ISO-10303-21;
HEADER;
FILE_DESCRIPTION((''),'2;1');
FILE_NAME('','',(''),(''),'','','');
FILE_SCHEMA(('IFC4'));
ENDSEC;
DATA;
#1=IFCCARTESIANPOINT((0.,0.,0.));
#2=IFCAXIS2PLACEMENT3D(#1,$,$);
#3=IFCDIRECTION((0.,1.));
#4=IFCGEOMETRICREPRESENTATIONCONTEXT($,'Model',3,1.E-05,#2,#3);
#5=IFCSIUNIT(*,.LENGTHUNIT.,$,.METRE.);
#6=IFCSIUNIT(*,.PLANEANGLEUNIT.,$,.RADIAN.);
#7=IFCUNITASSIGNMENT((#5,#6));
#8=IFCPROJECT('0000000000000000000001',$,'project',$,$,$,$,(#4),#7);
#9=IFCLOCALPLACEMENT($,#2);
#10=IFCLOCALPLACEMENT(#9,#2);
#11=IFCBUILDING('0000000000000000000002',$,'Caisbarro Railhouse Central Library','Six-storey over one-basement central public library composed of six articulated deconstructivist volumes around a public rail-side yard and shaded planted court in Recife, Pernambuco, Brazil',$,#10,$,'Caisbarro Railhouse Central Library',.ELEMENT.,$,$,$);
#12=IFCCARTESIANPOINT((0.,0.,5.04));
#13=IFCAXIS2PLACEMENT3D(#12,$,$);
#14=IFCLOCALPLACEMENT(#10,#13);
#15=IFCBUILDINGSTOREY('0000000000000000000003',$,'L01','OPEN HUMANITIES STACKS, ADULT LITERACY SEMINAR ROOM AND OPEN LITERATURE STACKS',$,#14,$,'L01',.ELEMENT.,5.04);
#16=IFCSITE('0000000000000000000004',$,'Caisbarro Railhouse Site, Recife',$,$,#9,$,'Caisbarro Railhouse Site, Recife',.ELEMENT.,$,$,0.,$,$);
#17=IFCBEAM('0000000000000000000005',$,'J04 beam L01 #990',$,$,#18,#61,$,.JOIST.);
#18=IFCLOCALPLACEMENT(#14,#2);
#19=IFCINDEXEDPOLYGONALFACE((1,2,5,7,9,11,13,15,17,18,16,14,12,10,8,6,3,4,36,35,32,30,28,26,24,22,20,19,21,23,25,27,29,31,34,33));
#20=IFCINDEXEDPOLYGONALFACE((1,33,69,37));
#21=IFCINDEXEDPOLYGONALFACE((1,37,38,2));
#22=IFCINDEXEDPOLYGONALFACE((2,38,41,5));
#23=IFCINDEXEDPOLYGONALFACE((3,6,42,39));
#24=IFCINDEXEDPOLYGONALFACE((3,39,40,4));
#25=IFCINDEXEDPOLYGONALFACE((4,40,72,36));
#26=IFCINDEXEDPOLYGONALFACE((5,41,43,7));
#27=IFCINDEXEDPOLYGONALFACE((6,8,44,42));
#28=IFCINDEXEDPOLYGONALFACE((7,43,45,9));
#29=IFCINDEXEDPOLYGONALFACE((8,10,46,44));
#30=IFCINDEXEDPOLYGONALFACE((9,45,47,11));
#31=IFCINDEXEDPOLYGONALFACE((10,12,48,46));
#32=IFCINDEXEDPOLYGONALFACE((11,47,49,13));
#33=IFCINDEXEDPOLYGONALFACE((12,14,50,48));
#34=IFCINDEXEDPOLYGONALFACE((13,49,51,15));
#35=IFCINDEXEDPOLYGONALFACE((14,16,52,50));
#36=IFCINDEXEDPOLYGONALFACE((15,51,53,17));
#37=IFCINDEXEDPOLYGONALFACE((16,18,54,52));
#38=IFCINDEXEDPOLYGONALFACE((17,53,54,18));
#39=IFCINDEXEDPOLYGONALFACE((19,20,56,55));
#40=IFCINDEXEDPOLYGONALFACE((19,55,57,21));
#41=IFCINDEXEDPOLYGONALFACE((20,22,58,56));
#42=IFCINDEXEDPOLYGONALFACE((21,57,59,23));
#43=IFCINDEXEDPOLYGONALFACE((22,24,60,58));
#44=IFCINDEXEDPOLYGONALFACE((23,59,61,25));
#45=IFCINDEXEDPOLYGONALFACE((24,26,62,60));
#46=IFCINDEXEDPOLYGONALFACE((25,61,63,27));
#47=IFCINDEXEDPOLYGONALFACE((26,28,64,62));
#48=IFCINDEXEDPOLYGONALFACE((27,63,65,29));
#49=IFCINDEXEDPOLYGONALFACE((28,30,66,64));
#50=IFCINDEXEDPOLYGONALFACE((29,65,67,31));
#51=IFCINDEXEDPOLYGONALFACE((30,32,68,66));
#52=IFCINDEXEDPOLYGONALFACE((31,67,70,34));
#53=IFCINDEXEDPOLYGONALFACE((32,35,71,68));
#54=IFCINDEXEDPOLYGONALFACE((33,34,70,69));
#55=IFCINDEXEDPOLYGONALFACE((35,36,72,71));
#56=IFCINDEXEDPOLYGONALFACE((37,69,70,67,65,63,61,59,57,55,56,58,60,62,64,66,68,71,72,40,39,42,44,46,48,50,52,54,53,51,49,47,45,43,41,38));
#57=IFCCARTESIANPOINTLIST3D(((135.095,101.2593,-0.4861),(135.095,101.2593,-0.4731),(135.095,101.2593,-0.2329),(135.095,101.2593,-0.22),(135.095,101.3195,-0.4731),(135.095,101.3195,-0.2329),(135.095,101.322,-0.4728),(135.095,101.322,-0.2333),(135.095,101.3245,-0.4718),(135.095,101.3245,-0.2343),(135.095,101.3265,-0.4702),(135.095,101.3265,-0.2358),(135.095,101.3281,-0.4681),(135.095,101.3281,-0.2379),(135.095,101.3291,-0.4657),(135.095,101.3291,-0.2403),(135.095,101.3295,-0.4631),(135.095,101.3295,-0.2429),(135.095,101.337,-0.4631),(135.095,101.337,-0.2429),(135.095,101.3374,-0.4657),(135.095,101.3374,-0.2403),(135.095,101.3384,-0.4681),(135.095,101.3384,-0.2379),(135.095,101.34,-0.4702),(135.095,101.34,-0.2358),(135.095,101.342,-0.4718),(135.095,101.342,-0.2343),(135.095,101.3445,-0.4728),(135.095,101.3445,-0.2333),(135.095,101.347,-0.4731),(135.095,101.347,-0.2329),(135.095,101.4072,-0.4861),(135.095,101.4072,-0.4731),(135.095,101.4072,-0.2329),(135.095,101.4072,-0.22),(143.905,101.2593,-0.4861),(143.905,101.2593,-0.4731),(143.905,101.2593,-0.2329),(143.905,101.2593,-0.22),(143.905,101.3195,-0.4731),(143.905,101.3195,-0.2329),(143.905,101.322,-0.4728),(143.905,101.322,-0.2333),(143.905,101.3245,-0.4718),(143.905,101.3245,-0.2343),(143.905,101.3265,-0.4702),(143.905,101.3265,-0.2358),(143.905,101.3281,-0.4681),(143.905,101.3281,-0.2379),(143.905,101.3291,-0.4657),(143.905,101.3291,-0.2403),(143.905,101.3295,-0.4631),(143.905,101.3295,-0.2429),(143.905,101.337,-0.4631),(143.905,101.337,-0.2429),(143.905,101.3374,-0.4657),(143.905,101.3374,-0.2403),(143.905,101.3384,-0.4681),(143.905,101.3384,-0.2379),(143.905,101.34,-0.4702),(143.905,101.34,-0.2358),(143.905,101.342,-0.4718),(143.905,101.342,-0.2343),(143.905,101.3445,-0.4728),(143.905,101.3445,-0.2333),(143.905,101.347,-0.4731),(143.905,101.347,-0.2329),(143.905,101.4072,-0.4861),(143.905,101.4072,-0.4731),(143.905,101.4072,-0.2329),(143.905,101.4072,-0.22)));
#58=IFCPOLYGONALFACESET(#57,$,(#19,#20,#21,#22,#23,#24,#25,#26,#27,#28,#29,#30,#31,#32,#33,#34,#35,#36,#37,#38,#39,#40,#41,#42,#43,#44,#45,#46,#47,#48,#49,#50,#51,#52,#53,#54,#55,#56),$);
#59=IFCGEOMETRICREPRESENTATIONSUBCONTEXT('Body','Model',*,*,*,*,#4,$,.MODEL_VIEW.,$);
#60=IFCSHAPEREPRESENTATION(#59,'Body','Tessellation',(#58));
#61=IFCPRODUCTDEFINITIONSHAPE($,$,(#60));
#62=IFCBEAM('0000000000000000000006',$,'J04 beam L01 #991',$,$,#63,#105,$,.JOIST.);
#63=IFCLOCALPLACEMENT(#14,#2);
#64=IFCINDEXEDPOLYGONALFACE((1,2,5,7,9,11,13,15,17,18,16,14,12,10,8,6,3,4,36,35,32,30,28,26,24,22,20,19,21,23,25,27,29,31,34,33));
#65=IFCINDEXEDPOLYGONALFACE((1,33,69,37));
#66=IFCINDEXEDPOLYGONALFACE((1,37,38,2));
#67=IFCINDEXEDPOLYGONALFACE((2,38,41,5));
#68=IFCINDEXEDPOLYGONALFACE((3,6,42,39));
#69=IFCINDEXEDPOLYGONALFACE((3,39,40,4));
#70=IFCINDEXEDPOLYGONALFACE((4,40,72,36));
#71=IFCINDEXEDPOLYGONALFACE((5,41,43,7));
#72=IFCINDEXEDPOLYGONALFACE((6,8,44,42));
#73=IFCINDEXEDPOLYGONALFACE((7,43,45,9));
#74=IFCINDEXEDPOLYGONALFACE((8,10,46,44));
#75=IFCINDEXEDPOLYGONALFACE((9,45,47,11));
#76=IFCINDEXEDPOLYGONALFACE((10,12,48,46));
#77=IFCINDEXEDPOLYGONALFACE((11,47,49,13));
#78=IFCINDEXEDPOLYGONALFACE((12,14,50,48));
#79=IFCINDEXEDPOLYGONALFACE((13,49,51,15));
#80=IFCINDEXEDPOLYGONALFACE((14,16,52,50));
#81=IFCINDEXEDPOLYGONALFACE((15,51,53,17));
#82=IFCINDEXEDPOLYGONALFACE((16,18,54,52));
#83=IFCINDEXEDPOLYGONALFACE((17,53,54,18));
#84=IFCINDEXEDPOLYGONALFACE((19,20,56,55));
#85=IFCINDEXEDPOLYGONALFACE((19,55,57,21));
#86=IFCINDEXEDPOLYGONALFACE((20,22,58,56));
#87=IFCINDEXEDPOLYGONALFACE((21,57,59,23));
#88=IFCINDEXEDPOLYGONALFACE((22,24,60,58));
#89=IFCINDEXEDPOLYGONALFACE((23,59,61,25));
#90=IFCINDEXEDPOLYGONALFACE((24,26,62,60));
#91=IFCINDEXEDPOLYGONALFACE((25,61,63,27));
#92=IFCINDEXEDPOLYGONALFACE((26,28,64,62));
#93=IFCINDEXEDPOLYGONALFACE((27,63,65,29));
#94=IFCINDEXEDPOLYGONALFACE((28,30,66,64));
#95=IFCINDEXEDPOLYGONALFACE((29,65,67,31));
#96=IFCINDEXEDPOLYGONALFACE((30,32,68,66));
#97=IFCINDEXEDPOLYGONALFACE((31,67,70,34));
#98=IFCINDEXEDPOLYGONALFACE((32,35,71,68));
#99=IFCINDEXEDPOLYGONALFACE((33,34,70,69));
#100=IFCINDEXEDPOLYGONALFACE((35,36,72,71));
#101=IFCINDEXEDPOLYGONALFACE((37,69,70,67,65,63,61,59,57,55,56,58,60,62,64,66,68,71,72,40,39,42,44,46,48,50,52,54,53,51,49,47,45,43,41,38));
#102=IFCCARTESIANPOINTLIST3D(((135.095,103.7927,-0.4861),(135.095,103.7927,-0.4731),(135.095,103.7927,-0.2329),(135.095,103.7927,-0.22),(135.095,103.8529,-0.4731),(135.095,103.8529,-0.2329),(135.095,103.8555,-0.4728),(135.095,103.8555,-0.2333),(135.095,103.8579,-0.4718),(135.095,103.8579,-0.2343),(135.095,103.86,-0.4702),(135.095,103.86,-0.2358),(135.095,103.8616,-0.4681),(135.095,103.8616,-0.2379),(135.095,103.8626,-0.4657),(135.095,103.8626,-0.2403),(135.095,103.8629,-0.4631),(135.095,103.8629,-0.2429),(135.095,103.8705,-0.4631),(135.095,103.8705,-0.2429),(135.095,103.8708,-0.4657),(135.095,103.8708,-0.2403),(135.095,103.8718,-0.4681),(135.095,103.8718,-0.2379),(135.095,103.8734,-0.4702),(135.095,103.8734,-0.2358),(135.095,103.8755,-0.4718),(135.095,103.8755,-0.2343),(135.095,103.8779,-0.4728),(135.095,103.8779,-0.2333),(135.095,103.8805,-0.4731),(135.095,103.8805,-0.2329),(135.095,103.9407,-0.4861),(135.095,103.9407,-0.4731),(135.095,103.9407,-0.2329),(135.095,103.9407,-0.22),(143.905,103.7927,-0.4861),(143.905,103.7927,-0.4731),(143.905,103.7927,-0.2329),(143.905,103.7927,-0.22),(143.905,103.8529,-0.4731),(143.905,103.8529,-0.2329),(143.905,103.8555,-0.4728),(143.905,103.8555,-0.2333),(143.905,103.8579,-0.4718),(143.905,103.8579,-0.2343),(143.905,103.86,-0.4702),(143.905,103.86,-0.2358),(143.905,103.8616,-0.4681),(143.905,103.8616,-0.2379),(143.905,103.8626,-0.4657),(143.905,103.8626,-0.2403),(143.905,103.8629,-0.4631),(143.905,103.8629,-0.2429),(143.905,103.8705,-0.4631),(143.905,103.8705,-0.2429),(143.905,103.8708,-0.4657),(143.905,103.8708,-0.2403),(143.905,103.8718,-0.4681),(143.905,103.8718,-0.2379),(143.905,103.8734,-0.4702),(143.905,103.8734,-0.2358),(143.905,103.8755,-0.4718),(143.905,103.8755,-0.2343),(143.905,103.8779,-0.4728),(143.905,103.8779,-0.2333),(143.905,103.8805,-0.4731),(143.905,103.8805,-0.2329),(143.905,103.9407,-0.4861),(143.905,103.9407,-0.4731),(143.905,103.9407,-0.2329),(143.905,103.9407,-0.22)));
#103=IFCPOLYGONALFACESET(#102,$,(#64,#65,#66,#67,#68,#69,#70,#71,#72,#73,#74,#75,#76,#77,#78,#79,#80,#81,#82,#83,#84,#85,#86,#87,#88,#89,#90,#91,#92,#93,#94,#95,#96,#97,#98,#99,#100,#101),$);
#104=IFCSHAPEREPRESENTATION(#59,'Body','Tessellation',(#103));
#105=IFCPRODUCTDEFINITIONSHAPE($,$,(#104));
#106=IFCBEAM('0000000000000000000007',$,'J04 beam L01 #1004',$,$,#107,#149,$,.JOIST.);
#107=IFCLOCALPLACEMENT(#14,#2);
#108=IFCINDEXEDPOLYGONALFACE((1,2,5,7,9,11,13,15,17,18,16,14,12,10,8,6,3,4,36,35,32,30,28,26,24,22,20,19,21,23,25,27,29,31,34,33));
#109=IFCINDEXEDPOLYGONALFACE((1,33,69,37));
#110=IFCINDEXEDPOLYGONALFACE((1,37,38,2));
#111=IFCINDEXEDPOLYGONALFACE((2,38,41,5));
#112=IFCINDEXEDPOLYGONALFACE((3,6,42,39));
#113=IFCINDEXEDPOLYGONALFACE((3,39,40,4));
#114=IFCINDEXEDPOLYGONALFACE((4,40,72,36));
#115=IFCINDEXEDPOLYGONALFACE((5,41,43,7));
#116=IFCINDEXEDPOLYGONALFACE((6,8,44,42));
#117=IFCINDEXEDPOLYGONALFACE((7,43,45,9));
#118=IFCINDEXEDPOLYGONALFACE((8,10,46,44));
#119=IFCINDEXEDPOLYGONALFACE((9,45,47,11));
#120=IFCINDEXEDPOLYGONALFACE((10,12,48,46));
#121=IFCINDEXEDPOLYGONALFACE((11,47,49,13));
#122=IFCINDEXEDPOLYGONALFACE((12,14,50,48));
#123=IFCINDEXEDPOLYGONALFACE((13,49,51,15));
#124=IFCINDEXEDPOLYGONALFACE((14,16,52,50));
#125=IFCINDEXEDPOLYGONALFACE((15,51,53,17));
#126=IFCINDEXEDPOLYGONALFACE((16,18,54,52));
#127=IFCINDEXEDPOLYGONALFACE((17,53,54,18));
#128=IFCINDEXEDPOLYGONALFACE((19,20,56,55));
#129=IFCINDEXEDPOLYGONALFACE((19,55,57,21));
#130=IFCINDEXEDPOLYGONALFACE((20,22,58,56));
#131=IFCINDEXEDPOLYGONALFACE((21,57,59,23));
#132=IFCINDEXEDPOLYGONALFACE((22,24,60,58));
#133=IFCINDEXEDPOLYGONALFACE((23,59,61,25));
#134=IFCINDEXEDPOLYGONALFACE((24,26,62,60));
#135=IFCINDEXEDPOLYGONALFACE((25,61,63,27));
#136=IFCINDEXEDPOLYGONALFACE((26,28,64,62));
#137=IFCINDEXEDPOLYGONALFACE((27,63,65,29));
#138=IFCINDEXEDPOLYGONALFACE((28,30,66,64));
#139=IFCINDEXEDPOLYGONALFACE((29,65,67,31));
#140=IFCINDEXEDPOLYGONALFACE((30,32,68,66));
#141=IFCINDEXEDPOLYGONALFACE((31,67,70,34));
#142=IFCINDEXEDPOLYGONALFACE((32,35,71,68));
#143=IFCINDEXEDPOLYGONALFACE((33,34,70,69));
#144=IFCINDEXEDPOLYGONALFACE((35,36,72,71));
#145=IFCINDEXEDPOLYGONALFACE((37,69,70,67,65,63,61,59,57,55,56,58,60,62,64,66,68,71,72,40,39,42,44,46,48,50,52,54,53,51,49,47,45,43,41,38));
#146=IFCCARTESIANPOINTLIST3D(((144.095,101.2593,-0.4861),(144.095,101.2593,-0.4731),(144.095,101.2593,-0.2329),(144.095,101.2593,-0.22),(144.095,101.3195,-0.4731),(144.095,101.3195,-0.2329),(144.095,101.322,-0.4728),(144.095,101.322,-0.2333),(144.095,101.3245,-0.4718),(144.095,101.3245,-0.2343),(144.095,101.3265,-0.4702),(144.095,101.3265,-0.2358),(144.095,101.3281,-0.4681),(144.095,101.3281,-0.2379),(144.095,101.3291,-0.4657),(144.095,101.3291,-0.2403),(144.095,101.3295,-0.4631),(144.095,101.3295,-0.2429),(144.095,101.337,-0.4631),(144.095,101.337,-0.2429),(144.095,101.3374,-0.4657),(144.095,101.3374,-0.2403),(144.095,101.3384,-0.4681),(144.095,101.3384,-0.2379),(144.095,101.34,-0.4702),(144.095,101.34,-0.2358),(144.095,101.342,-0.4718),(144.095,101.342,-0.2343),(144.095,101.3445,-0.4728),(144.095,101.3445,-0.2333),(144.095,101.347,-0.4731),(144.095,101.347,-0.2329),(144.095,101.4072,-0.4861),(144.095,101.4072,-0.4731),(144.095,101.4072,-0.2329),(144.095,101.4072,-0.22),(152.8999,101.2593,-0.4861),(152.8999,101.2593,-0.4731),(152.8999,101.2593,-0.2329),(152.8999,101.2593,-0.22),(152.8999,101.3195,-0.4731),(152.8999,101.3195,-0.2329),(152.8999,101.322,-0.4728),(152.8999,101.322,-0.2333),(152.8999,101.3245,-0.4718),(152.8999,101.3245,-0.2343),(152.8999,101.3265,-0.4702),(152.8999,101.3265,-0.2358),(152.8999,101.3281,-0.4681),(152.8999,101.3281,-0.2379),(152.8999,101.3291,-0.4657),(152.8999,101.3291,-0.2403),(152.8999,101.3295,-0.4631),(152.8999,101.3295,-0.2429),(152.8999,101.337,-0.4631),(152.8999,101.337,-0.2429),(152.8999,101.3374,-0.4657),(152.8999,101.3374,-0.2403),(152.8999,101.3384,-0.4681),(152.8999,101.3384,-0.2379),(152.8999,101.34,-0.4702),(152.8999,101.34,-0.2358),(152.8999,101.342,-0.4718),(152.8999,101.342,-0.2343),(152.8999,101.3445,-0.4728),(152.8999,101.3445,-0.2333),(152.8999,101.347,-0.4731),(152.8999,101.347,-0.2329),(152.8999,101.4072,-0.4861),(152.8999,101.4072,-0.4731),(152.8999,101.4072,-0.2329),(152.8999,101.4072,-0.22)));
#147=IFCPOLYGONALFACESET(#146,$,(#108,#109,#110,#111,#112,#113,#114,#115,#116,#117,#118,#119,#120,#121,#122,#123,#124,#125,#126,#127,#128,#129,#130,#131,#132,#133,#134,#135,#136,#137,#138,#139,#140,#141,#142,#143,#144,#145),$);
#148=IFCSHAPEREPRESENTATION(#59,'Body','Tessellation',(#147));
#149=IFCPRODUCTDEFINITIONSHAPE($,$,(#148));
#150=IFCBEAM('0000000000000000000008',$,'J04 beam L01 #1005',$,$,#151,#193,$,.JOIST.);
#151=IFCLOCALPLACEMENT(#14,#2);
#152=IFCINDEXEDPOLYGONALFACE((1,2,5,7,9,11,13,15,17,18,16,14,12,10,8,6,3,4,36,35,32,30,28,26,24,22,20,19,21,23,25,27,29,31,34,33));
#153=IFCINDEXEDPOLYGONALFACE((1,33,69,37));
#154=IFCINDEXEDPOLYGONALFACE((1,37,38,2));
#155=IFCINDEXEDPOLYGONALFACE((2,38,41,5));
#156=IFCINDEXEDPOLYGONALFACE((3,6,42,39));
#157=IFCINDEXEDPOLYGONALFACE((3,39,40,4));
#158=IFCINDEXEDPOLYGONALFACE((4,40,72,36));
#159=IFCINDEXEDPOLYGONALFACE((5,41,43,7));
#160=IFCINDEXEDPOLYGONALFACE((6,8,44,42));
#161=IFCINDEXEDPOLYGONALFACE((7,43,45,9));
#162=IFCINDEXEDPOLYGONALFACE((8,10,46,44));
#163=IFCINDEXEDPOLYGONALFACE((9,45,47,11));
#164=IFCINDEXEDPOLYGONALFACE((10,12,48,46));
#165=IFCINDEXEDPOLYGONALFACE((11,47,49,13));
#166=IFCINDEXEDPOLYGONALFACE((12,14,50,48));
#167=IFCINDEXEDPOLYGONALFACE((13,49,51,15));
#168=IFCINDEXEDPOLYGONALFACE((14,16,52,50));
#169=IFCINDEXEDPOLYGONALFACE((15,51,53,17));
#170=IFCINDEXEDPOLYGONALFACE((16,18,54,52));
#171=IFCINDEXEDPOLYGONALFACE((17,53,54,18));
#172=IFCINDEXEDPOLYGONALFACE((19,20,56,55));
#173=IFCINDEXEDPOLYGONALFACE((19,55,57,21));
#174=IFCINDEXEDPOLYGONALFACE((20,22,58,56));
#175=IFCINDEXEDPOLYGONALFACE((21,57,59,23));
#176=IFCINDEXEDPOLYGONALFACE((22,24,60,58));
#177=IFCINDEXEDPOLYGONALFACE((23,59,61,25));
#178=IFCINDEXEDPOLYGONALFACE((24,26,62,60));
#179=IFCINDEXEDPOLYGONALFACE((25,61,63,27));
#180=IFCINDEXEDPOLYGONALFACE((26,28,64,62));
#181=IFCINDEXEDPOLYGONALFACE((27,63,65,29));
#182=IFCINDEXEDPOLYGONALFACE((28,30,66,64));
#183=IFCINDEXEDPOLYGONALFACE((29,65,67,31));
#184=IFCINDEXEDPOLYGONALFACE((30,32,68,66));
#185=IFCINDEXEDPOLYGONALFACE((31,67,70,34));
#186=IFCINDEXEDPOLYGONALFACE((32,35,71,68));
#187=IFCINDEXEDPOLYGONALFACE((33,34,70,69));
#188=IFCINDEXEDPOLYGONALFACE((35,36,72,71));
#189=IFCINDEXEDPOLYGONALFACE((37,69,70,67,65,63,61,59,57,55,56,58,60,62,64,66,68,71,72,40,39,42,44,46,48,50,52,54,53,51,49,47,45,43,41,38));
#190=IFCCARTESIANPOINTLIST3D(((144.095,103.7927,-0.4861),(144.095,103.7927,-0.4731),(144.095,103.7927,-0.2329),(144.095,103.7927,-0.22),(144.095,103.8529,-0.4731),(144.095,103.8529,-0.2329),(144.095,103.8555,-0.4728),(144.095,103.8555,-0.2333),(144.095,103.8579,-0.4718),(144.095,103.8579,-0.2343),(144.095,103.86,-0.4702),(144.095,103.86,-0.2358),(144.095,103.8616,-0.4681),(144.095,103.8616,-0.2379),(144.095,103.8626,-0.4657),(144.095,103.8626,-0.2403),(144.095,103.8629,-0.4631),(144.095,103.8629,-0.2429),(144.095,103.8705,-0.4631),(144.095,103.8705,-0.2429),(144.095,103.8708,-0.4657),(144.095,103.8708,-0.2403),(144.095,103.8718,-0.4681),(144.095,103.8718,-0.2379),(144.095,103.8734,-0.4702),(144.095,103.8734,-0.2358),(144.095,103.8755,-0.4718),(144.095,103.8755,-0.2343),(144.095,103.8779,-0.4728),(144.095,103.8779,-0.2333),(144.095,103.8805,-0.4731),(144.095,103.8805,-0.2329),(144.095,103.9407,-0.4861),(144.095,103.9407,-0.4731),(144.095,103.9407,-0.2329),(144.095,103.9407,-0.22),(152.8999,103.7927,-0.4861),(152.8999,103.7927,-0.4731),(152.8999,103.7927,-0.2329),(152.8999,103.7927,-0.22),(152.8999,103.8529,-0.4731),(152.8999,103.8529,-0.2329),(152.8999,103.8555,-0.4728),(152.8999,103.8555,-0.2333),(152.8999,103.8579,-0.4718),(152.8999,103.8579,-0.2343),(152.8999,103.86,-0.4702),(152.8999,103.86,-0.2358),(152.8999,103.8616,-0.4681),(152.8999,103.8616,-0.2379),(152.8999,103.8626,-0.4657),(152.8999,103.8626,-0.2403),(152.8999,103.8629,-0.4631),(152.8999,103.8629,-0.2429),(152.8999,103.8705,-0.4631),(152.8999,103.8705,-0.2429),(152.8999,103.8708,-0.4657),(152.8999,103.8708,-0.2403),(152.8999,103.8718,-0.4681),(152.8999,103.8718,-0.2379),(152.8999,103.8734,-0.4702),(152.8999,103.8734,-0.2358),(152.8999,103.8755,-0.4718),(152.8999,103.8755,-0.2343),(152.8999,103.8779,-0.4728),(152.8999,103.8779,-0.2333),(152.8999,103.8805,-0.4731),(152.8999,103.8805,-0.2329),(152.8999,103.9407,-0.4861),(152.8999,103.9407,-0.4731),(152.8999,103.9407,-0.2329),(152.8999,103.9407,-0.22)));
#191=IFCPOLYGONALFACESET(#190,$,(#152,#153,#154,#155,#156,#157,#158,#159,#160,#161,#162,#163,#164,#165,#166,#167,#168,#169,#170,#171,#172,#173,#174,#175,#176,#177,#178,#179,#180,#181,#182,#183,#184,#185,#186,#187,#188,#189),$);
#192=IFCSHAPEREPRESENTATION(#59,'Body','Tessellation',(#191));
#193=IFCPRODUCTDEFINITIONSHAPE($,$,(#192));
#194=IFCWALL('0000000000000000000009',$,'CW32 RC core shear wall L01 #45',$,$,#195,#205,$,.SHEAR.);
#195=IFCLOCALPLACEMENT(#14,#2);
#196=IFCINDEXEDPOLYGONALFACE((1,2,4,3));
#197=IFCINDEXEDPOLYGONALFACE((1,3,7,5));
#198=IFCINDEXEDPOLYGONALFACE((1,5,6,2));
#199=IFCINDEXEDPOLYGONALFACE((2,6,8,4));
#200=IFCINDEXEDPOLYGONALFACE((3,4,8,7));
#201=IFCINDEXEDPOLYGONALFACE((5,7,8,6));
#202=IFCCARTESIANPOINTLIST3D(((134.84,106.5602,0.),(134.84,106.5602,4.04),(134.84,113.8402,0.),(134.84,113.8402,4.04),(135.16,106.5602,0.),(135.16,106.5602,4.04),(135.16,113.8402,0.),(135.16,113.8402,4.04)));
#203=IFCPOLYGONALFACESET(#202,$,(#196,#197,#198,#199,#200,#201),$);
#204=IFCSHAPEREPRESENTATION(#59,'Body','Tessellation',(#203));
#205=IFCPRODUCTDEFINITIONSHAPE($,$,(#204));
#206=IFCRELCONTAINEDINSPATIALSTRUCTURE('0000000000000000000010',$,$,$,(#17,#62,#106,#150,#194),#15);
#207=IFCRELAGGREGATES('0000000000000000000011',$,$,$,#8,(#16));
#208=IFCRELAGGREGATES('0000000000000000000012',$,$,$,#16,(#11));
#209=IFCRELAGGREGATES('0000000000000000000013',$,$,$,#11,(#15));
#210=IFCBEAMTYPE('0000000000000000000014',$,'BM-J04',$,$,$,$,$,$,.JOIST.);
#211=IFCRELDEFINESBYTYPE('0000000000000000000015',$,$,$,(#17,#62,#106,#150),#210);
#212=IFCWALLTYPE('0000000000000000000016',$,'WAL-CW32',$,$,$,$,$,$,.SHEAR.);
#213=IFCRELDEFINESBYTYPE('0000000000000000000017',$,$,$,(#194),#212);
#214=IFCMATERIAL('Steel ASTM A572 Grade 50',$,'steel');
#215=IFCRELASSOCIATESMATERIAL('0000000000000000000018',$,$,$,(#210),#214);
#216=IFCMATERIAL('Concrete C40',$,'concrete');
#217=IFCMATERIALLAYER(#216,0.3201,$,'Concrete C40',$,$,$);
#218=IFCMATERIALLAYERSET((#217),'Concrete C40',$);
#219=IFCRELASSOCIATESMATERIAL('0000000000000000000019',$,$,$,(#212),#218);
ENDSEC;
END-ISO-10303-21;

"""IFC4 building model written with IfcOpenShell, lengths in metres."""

from ifc_helpers import new_model, si_unit, direction, frame, frame_2d, origin, origin_2d, place, context, subcontext, project, spatial, rectangle, i_section, extrude, material, layer, layer_set, material_profile, profile_set, type_object, element, save


model = new_model("IFC4")

# Units and contexts
model_context = context("Model", 3, precision=1e-05, world=origin(), true_north=direction((0.0, 1.0)))
body_context = subcontext(model_context, "Body", "Model", "MODEL_VIEW")
ifc_project = project(units=[si_unit("LENGTHUNIT", "METRE"), si_unit("PLANEANGLEUNIT", "RADIAN")], contexts=[model_context])

# Site, building, storey
site_placement = place(None, origin())
site = spatial("IfcSite", under=ifc_project, at=site_placement, Name="Caisbarro Railhouse Site, Recife", LongName="Caisbarro Railhouse Site, Recife", CompositionType="ELEMENT", RefElevation=0.0)
building_placement = place(site_placement, origin())
building = spatial("IfcBuilding", under=site, at=building_placement, Name="Caisbarro Railhouse Central Library", Description="Six-storey over one-basement central public library composed of six articulated deconstructivist volumes around a public rail-side yard and shaded planted court in Recife, Pernambuco, Brazil", LongName="Caisbarro Railhouse Central Library", CompositionType="ELEMENT")
storey_placement = place(building_placement, frame((0.0, 0.0, 5.04)))
storey = spatial("IfcBuildingStorey", under=building, at=storey_placement, Name="L01", Description="OPEN HUMANITIES STACKS, ADULT LITERACY SEMINAR ROOM AND OPEN LITERATURE STACKS", LongName="L01", CompositionType="ELEMENT", Elevation=5.04)

# Shared definitions
ifc_material_1 = material(Name="Steel ASTM A572 Grade 50", Category="steel")

# Beams
ifc_material_profile_1 = material_profile(ifc_material_1, i_section(OverallWidth=0.1479, OverallDepth=0.2661, WebThickness=0.0076, FlangeThickness=0.0129, FilletRadius=0.01, at=origin_2d()), Name="W250X44.8")
ifc_profile_set_1 = profile_set([ifc_material_profile_1], Name="Steel ASTM A572 Grade 50")
beam_type_1 = type_object("IfcBeamType", Name="BM-J04", PredefinedType="JOIST", material=ifc_profile_set_1)
for number, where, z_axis, x_axis, name in (
    (1, (135.095, 101.3333, -0.353), (1.0, 0.0, 0.0), (0.0, 1.0, 0.0), "J04 beam L01 #990"),
    (2, (135.095, 103.8667, -0.353), (1.0, 0.0, 0.0), (0.0, 1.0, 0.0), "J04 beam L01 #991"),
):
    element("IfcBeam", number, at=place(storey_placement, frame(where, z_axis=z_axis, x_axis=x_axis)), inside=storey, type_object=beam_type_1, Name=name, PredefinedType="JOIST", context=body_context, shape_type="SweptSolid", body=[
        extrude(i_section(OverallWidth=0.1479, OverallDepth=0.2661, WebThickness=0.0076, FlangeThickness=0.0129, FilletRadius=0.01, at=origin_2d()), origin(), (0.0, 0.0, 1.0), 8.8101),
    ])
for number, where, z_axis, x_axis, name in (
    (3, (144.095, 101.3333, -0.353), (1.0, 0.0, 0.0), (0.0, 1.0, 0.0), "J04 beam L01 #1004"),
    (4, (144.095, 103.8667, -0.353), (1.0, 0.0, 0.0), (0.0, 1.0, 0.0), "J04 beam L01 #1005"),
):
    element("IfcBeam", number, at=place(storey_placement, frame(where, z_axis=z_axis, x_axis=x_axis)), inside=storey, type_object=beam_type_1, Name=name, PredefinedType="JOIST", context=body_context, shape_type="SweptSolid", body=[
        extrude(i_section(OverallWidth=0.1479, OverallDepth=0.2661, WebThickness=0.0076, FlangeThickness=0.0129, FilletRadius=0.01, at=origin_2d()), origin(), (0.0, 0.0, 1.0), 8.8049),
    ])

# Wall
ifc_material_2 = material(Name="Concrete C40", Category="concrete")
ifc_layer = layer(ifc_material_2, 0.3201, Name="Concrete C40")
ifc_layer_set = layer_set([ifc_layer], Name="Concrete C40")
wall_type = type_object("IfcWallType", Name="WAL-CW32", PredefinedType="SHEAR", material=ifc_layer_set)
wall_placement = place(storey_placement, frame((135.0, 106.5601, 0.0), z_axis=(0.0, 0.0, 1.0), x_axis=(0.0, 1.0, 0.0)))
element("IfcWall", 5, at=wall_placement, inside=storey, type_object=wall_type, Name="CW32 RC core shear wall L01 #45", PredefinedType="SHEAR", context=body_context, shape_type="SweptSolid", body=[
    extrude(rectangle(XDim=7.28, YDim=0.3201, at=frame_2d((3.6401, 0.0))), origin(), (0.0, 0.0, 1.0), 4.04),
])

save(model, "model.ifc")
